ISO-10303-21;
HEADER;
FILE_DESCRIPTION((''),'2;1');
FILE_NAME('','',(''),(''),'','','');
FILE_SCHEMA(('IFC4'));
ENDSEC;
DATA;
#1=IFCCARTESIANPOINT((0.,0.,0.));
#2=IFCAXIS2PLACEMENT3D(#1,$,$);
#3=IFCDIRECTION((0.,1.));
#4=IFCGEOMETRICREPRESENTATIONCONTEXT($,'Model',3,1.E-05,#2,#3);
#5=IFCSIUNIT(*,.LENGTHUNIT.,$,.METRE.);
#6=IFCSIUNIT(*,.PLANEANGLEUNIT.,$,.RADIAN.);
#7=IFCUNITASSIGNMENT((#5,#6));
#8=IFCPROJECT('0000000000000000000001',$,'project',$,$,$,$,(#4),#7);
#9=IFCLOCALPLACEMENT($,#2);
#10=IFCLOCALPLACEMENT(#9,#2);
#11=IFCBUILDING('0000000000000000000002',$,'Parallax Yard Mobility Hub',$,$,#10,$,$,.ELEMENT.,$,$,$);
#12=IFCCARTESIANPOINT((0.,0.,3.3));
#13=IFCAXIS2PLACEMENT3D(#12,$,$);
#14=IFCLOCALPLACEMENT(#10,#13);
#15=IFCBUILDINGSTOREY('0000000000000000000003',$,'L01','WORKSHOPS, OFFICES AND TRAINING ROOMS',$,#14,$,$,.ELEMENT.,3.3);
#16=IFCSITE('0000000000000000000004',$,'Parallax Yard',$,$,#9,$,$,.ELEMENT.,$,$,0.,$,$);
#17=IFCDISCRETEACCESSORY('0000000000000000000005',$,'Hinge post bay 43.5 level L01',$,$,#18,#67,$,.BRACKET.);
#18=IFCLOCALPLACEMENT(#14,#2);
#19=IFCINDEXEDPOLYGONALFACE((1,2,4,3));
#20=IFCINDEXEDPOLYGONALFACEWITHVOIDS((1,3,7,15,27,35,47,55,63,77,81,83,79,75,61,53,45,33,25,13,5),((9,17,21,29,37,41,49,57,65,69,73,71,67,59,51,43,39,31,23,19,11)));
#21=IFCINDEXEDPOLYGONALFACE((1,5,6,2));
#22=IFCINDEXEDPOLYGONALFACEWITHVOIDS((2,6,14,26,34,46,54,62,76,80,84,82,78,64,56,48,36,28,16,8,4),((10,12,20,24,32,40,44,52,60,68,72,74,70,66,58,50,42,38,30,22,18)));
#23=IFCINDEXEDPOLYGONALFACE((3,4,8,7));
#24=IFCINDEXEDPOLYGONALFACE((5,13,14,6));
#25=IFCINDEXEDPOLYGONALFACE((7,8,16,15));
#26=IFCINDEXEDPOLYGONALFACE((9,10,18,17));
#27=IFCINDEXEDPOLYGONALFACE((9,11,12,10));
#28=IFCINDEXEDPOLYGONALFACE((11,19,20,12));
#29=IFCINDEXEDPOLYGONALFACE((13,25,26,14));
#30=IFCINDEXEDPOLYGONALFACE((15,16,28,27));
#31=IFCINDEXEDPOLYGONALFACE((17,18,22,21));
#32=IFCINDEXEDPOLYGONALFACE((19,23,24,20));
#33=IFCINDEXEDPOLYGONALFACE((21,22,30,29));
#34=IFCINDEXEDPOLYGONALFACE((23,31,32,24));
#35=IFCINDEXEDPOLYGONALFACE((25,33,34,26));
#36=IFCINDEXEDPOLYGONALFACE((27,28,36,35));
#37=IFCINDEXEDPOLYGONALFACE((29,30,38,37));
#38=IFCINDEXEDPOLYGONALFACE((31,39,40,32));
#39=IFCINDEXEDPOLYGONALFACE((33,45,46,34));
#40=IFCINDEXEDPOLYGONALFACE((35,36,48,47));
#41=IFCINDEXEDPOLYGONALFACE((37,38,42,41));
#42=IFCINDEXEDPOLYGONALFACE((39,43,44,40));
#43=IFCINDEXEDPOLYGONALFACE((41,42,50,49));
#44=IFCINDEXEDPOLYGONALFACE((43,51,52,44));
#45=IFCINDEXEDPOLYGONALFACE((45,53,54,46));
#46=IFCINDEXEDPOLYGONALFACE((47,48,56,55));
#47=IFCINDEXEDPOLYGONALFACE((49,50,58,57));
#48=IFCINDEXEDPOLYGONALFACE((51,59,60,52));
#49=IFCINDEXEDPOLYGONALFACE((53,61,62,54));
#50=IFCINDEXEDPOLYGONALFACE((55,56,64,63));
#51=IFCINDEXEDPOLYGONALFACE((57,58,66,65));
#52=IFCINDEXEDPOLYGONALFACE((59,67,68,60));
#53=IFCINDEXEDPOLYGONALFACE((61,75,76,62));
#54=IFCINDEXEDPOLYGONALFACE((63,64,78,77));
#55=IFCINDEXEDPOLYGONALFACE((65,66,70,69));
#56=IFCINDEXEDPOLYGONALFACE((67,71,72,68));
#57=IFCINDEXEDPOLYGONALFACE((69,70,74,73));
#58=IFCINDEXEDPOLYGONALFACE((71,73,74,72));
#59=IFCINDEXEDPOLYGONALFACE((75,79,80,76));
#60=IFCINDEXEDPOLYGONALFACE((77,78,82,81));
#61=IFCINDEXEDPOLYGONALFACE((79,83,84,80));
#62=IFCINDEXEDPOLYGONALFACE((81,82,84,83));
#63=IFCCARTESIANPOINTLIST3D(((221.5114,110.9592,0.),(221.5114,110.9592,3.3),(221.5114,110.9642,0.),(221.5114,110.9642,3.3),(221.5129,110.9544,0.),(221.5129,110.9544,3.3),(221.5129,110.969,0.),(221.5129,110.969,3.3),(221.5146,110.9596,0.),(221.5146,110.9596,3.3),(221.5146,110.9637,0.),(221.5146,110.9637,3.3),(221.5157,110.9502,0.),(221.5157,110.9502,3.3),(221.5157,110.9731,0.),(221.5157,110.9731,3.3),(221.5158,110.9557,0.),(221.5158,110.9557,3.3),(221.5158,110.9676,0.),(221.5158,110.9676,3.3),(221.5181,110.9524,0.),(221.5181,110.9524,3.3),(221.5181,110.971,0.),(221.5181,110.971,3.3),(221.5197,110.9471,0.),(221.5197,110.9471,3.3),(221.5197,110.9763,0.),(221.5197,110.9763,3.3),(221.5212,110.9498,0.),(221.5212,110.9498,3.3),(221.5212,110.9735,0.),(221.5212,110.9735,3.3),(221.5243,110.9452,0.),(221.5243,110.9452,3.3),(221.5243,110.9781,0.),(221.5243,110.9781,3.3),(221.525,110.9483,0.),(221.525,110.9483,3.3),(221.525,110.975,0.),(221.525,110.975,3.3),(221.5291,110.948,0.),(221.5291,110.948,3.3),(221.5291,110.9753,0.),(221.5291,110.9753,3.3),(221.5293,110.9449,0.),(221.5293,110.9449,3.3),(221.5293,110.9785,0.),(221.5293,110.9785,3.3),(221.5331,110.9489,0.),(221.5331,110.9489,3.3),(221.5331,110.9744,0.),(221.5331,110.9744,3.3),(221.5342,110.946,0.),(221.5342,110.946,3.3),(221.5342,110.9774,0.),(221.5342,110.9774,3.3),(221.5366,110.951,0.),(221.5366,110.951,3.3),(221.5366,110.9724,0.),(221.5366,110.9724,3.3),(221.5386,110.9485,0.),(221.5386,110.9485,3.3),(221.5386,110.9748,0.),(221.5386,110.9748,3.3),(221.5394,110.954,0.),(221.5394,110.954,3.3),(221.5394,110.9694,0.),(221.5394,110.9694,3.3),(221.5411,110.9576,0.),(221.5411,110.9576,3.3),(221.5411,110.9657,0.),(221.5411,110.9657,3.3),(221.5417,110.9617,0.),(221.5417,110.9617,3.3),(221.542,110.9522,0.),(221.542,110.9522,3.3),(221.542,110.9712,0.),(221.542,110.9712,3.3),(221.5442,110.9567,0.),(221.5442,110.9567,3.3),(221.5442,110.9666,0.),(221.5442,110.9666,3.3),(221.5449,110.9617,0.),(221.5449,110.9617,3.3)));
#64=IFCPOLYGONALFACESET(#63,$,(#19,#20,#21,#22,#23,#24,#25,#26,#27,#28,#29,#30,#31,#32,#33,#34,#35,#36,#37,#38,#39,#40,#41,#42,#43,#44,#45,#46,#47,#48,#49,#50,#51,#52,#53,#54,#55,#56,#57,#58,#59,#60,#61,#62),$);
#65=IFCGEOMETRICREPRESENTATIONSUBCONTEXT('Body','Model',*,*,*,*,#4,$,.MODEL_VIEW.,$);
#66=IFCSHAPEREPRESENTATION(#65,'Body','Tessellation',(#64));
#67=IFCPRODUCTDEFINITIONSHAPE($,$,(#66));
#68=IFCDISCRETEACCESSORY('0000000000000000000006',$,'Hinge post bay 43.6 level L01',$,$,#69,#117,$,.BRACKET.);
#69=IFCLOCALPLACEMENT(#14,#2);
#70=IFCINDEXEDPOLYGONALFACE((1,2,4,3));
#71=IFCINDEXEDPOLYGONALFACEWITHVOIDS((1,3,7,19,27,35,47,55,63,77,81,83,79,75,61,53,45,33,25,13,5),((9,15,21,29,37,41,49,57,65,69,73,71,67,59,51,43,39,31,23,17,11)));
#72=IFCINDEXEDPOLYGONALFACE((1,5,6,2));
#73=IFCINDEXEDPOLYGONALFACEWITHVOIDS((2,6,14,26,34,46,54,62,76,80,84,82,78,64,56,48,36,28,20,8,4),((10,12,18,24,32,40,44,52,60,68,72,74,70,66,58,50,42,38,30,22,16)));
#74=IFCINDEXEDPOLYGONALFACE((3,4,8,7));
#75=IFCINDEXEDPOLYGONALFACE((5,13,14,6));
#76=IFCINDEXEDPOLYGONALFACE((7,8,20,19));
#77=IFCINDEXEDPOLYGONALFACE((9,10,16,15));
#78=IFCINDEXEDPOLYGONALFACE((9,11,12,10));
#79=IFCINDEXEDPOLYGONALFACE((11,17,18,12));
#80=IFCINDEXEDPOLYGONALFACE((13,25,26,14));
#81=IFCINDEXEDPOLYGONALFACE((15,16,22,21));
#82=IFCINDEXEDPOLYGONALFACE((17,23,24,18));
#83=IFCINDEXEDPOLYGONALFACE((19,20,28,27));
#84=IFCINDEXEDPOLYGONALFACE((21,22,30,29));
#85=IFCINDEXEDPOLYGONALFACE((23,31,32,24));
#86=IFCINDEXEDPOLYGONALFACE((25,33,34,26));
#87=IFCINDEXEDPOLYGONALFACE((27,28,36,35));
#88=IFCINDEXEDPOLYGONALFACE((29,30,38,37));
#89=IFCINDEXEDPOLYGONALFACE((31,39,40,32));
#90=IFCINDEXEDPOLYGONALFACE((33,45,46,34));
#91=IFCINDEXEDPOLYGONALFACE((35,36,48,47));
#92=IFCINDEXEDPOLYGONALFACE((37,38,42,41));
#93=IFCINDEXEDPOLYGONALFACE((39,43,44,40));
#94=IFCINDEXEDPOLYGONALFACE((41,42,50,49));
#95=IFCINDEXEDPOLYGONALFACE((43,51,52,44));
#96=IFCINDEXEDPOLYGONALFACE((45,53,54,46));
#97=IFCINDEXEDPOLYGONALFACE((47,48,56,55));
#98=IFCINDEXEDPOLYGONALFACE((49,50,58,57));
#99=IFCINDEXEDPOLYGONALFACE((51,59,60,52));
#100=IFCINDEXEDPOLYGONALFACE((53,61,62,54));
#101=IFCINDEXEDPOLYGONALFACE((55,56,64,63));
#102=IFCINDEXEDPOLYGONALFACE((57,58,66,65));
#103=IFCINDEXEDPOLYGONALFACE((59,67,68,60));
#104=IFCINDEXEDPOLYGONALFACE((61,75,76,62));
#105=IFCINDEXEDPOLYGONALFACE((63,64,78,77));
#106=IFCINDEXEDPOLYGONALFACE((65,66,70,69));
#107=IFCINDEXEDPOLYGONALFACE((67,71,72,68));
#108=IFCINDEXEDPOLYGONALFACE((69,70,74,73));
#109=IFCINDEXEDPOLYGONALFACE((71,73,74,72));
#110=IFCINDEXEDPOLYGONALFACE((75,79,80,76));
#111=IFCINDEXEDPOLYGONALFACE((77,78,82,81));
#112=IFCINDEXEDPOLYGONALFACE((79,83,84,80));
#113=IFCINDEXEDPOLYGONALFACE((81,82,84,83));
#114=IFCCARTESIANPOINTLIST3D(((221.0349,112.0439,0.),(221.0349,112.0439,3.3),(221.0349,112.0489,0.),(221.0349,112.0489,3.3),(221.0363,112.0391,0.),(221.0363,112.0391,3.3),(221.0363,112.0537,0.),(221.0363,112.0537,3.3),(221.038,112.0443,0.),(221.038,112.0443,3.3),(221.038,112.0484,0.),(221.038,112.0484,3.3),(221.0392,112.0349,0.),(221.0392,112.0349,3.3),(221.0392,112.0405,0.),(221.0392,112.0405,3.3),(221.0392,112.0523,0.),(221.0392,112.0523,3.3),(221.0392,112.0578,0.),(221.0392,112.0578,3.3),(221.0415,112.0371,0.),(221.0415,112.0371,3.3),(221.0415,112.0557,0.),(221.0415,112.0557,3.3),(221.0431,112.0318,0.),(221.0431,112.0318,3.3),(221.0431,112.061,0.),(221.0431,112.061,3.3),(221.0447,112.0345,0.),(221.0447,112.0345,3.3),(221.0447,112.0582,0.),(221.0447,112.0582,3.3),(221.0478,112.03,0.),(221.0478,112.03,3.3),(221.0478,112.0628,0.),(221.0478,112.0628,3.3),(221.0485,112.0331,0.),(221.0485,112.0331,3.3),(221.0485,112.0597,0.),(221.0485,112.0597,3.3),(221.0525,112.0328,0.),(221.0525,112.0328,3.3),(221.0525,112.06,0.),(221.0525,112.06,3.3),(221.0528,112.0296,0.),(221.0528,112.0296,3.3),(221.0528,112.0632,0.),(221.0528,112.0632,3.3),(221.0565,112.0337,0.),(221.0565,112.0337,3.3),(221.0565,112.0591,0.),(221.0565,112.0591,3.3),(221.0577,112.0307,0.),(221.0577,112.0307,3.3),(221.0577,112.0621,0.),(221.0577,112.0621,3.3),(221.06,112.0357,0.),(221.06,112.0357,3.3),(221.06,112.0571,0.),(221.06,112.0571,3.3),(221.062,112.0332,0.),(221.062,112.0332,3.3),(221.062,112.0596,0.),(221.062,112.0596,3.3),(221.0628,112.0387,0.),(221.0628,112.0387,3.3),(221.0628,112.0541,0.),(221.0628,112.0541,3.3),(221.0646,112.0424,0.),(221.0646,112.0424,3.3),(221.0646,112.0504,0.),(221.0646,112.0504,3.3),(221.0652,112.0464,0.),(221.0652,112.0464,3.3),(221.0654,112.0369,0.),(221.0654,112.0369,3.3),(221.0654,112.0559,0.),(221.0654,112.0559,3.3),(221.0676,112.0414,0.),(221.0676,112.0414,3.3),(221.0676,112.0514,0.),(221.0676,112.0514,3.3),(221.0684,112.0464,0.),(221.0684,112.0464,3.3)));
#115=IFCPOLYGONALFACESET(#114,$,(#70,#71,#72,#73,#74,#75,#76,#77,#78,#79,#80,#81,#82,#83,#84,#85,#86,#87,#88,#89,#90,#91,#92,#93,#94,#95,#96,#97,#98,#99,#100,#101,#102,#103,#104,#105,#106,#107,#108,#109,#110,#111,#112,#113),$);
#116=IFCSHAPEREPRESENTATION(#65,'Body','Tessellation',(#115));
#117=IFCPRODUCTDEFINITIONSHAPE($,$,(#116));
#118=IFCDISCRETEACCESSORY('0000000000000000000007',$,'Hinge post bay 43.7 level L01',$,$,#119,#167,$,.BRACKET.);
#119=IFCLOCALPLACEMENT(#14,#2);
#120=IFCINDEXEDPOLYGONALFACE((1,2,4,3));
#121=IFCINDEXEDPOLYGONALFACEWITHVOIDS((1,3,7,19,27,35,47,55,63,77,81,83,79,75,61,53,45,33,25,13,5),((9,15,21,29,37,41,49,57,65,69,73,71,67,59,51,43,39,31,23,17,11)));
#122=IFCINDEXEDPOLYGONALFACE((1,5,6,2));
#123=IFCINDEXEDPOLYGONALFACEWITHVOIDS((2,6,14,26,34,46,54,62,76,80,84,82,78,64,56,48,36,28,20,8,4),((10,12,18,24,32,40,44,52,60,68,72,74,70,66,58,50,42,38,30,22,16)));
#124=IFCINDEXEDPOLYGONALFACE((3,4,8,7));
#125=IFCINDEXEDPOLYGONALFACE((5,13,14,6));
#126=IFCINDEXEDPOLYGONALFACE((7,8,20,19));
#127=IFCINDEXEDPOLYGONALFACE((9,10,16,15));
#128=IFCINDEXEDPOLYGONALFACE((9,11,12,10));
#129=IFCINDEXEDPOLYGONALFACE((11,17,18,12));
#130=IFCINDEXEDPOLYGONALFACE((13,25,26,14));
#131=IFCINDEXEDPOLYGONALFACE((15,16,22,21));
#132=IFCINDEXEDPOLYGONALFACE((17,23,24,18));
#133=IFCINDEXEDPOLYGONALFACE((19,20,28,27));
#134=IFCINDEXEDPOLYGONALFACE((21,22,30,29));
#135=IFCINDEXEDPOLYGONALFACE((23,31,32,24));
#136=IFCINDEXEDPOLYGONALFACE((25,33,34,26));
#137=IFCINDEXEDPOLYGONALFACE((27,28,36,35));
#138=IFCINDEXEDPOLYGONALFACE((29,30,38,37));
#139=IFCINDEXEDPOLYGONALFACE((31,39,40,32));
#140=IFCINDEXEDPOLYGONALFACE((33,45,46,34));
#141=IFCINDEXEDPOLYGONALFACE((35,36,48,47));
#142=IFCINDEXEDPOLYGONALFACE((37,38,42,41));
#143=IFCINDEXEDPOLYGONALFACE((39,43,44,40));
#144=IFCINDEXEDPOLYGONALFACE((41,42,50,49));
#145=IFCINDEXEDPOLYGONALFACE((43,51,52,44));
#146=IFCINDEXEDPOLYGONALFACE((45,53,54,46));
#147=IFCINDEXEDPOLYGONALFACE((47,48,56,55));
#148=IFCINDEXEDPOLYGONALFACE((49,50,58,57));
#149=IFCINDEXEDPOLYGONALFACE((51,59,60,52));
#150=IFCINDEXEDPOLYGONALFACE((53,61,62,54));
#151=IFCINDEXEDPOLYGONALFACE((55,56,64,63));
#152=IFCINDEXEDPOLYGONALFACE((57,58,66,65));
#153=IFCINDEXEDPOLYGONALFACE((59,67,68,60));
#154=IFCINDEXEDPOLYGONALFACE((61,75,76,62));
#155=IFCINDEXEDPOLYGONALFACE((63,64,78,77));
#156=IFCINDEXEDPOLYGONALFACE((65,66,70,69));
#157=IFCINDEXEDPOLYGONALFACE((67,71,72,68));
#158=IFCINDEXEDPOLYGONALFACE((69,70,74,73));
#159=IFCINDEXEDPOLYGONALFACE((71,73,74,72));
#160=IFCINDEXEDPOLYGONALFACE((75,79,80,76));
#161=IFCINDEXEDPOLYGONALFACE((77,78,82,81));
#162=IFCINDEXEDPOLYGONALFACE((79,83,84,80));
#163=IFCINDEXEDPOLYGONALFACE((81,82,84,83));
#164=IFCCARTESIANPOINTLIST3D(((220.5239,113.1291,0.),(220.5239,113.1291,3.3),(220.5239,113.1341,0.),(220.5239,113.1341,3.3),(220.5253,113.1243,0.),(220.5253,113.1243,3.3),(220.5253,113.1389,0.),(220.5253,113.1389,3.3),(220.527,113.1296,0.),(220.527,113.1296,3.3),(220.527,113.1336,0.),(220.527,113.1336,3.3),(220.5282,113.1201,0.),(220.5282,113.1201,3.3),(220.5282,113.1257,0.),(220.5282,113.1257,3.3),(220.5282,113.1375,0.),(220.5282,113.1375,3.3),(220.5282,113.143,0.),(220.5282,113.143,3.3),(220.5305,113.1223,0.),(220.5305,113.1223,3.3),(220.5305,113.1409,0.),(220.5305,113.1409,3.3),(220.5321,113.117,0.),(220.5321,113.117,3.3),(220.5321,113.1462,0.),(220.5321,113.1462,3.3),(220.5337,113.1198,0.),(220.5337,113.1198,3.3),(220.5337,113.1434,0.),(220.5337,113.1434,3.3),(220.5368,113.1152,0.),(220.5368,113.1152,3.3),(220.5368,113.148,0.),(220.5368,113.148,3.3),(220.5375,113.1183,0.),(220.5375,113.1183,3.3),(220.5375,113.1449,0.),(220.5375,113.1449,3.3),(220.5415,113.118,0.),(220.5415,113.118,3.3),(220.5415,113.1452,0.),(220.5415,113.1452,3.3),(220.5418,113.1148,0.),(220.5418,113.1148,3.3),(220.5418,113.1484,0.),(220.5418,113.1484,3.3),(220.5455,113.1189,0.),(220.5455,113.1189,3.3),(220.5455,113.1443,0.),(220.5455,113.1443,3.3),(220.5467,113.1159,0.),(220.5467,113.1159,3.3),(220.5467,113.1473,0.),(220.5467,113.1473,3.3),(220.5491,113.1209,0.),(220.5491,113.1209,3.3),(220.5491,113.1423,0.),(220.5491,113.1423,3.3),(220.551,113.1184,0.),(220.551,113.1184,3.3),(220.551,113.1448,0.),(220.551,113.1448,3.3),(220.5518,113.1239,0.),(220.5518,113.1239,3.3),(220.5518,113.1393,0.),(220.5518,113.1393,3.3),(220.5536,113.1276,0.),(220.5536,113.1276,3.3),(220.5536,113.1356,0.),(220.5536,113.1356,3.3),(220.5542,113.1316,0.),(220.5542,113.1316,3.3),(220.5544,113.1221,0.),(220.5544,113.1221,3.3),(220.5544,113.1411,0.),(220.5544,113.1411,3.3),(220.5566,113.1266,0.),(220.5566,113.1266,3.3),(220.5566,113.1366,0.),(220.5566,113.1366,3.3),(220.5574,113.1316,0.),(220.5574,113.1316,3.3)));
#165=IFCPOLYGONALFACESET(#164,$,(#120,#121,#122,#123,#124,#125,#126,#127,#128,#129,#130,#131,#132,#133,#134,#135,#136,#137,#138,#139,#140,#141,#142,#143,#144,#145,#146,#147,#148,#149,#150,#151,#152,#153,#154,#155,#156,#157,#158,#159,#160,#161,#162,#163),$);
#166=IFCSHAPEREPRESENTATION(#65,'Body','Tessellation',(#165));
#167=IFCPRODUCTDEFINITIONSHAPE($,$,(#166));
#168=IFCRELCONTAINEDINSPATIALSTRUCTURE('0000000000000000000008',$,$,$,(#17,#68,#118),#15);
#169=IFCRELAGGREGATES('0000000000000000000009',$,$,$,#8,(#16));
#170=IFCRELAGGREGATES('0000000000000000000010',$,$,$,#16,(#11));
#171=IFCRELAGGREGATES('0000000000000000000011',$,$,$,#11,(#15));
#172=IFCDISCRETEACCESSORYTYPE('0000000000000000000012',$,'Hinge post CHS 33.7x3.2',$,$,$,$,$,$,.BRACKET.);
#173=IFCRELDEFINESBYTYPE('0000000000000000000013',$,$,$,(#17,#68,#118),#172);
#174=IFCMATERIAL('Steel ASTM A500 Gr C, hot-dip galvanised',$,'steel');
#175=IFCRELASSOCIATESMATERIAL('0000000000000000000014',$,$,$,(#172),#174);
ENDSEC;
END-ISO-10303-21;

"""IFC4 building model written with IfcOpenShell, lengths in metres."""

from ifc_helpers import new_model, si_unit, direction, frame, origin, origin_2d, place, context, subcontext, project, spatial, hollow_circle, extrude, material, material_profile, profile_set, type_object, element, save


model = new_model("IFC4")

# Units and contexts
model_context = context("Model", 3, precision=1e-05, world=origin(), true_north=direction((0.0, 1.0)))
body_context = subcontext(model_context, "Body", "Model", "MODEL_VIEW")
ifc_project = project(units=[si_unit("LENGTHUNIT", "METRE"), si_unit("PLANEANGLEUNIT", "RADIAN")], contexts=[model_context])

# Site, building, storey
site_placement = place(None, origin())
site = spatial("IfcSite", under=ifc_project, at=site_placement, Name="Parallax Yard", CompositionType="ELEMENT", RefElevation=0.0)
building_placement = place(site_placement, origin())
building = spatial("IfcBuilding", under=site, at=building_placement, Name="Parallax Yard Mobility Hub", CompositionType="ELEMENT")
storey_placement = place(building_placement, frame((0.0, 0.0, 3.3)))
storey = spatial("IfcBuildingStorey", under=building, at=storey_placement, Name="L01", Description="WORKSHOPS, OFFICES AND TRAINING ROOMS", CompositionType="ELEMENT", Elevation=3.3)

# Discrete accessories
ifc_material_1 = material(Name="Steel ASTM A500 Gr C, hot-dip galvanised", Category="steel")
ifc_material_profile_1 = material_profile(ifc_material_1, hollow_circle(Radius=0.0168, WallThickness=0.0032, at=origin_2d()), Name="CHS 33.7x3.2")
ifc_profile_set_1 = profile_set([ifc_material_profile_1], Name="Steel ASTM A500 Gr C, hot-dip galvanised")
discrete_accessory_type_1 = type_object("IfcDiscreteAccessoryType", Name="Hinge post CHS 33.7x3.2", PredefinedType="BRACKET", material=ifc_profile_set_1)
for number, where, z_axis, x_axis, name in (
    (1, (221.5281, 110.9617, 0.0), (0.0, 0.0, 1.0), (1.0, 0.0, 0.0), "Hinge post bay 43.5 level L01"),
    (2, (221.0515, 112.0464, 0.0), (0.0, 0.0, 1.0), (1.0, 0.0, 0.0), "Hinge post bay 43.6 level L01"),
    (3, (220.5405, 113.1316, 0.0), (0.0, 0.0, 1.0), (1.0, 0.0, 0.0), "Hinge post bay 43.7 level L01"),
):
    element("IfcDiscreteAccessory", number, at=place(storey_placement, frame(where, z_axis=z_axis, x_axis=x_axis)), inside=storey, type_object=discrete_accessory_type_1, Name=name, PredefinedType="BRACKET", context=body_context, shape_type="SweptSolid", body=[
        extrude(hollow_circle(Radius=0.0168, WallThickness=0.0032, at=origin_2d()), origin(), (0.0, 0.0, 1.0), 3.3),
    ])

save(model, "model.ifc")
